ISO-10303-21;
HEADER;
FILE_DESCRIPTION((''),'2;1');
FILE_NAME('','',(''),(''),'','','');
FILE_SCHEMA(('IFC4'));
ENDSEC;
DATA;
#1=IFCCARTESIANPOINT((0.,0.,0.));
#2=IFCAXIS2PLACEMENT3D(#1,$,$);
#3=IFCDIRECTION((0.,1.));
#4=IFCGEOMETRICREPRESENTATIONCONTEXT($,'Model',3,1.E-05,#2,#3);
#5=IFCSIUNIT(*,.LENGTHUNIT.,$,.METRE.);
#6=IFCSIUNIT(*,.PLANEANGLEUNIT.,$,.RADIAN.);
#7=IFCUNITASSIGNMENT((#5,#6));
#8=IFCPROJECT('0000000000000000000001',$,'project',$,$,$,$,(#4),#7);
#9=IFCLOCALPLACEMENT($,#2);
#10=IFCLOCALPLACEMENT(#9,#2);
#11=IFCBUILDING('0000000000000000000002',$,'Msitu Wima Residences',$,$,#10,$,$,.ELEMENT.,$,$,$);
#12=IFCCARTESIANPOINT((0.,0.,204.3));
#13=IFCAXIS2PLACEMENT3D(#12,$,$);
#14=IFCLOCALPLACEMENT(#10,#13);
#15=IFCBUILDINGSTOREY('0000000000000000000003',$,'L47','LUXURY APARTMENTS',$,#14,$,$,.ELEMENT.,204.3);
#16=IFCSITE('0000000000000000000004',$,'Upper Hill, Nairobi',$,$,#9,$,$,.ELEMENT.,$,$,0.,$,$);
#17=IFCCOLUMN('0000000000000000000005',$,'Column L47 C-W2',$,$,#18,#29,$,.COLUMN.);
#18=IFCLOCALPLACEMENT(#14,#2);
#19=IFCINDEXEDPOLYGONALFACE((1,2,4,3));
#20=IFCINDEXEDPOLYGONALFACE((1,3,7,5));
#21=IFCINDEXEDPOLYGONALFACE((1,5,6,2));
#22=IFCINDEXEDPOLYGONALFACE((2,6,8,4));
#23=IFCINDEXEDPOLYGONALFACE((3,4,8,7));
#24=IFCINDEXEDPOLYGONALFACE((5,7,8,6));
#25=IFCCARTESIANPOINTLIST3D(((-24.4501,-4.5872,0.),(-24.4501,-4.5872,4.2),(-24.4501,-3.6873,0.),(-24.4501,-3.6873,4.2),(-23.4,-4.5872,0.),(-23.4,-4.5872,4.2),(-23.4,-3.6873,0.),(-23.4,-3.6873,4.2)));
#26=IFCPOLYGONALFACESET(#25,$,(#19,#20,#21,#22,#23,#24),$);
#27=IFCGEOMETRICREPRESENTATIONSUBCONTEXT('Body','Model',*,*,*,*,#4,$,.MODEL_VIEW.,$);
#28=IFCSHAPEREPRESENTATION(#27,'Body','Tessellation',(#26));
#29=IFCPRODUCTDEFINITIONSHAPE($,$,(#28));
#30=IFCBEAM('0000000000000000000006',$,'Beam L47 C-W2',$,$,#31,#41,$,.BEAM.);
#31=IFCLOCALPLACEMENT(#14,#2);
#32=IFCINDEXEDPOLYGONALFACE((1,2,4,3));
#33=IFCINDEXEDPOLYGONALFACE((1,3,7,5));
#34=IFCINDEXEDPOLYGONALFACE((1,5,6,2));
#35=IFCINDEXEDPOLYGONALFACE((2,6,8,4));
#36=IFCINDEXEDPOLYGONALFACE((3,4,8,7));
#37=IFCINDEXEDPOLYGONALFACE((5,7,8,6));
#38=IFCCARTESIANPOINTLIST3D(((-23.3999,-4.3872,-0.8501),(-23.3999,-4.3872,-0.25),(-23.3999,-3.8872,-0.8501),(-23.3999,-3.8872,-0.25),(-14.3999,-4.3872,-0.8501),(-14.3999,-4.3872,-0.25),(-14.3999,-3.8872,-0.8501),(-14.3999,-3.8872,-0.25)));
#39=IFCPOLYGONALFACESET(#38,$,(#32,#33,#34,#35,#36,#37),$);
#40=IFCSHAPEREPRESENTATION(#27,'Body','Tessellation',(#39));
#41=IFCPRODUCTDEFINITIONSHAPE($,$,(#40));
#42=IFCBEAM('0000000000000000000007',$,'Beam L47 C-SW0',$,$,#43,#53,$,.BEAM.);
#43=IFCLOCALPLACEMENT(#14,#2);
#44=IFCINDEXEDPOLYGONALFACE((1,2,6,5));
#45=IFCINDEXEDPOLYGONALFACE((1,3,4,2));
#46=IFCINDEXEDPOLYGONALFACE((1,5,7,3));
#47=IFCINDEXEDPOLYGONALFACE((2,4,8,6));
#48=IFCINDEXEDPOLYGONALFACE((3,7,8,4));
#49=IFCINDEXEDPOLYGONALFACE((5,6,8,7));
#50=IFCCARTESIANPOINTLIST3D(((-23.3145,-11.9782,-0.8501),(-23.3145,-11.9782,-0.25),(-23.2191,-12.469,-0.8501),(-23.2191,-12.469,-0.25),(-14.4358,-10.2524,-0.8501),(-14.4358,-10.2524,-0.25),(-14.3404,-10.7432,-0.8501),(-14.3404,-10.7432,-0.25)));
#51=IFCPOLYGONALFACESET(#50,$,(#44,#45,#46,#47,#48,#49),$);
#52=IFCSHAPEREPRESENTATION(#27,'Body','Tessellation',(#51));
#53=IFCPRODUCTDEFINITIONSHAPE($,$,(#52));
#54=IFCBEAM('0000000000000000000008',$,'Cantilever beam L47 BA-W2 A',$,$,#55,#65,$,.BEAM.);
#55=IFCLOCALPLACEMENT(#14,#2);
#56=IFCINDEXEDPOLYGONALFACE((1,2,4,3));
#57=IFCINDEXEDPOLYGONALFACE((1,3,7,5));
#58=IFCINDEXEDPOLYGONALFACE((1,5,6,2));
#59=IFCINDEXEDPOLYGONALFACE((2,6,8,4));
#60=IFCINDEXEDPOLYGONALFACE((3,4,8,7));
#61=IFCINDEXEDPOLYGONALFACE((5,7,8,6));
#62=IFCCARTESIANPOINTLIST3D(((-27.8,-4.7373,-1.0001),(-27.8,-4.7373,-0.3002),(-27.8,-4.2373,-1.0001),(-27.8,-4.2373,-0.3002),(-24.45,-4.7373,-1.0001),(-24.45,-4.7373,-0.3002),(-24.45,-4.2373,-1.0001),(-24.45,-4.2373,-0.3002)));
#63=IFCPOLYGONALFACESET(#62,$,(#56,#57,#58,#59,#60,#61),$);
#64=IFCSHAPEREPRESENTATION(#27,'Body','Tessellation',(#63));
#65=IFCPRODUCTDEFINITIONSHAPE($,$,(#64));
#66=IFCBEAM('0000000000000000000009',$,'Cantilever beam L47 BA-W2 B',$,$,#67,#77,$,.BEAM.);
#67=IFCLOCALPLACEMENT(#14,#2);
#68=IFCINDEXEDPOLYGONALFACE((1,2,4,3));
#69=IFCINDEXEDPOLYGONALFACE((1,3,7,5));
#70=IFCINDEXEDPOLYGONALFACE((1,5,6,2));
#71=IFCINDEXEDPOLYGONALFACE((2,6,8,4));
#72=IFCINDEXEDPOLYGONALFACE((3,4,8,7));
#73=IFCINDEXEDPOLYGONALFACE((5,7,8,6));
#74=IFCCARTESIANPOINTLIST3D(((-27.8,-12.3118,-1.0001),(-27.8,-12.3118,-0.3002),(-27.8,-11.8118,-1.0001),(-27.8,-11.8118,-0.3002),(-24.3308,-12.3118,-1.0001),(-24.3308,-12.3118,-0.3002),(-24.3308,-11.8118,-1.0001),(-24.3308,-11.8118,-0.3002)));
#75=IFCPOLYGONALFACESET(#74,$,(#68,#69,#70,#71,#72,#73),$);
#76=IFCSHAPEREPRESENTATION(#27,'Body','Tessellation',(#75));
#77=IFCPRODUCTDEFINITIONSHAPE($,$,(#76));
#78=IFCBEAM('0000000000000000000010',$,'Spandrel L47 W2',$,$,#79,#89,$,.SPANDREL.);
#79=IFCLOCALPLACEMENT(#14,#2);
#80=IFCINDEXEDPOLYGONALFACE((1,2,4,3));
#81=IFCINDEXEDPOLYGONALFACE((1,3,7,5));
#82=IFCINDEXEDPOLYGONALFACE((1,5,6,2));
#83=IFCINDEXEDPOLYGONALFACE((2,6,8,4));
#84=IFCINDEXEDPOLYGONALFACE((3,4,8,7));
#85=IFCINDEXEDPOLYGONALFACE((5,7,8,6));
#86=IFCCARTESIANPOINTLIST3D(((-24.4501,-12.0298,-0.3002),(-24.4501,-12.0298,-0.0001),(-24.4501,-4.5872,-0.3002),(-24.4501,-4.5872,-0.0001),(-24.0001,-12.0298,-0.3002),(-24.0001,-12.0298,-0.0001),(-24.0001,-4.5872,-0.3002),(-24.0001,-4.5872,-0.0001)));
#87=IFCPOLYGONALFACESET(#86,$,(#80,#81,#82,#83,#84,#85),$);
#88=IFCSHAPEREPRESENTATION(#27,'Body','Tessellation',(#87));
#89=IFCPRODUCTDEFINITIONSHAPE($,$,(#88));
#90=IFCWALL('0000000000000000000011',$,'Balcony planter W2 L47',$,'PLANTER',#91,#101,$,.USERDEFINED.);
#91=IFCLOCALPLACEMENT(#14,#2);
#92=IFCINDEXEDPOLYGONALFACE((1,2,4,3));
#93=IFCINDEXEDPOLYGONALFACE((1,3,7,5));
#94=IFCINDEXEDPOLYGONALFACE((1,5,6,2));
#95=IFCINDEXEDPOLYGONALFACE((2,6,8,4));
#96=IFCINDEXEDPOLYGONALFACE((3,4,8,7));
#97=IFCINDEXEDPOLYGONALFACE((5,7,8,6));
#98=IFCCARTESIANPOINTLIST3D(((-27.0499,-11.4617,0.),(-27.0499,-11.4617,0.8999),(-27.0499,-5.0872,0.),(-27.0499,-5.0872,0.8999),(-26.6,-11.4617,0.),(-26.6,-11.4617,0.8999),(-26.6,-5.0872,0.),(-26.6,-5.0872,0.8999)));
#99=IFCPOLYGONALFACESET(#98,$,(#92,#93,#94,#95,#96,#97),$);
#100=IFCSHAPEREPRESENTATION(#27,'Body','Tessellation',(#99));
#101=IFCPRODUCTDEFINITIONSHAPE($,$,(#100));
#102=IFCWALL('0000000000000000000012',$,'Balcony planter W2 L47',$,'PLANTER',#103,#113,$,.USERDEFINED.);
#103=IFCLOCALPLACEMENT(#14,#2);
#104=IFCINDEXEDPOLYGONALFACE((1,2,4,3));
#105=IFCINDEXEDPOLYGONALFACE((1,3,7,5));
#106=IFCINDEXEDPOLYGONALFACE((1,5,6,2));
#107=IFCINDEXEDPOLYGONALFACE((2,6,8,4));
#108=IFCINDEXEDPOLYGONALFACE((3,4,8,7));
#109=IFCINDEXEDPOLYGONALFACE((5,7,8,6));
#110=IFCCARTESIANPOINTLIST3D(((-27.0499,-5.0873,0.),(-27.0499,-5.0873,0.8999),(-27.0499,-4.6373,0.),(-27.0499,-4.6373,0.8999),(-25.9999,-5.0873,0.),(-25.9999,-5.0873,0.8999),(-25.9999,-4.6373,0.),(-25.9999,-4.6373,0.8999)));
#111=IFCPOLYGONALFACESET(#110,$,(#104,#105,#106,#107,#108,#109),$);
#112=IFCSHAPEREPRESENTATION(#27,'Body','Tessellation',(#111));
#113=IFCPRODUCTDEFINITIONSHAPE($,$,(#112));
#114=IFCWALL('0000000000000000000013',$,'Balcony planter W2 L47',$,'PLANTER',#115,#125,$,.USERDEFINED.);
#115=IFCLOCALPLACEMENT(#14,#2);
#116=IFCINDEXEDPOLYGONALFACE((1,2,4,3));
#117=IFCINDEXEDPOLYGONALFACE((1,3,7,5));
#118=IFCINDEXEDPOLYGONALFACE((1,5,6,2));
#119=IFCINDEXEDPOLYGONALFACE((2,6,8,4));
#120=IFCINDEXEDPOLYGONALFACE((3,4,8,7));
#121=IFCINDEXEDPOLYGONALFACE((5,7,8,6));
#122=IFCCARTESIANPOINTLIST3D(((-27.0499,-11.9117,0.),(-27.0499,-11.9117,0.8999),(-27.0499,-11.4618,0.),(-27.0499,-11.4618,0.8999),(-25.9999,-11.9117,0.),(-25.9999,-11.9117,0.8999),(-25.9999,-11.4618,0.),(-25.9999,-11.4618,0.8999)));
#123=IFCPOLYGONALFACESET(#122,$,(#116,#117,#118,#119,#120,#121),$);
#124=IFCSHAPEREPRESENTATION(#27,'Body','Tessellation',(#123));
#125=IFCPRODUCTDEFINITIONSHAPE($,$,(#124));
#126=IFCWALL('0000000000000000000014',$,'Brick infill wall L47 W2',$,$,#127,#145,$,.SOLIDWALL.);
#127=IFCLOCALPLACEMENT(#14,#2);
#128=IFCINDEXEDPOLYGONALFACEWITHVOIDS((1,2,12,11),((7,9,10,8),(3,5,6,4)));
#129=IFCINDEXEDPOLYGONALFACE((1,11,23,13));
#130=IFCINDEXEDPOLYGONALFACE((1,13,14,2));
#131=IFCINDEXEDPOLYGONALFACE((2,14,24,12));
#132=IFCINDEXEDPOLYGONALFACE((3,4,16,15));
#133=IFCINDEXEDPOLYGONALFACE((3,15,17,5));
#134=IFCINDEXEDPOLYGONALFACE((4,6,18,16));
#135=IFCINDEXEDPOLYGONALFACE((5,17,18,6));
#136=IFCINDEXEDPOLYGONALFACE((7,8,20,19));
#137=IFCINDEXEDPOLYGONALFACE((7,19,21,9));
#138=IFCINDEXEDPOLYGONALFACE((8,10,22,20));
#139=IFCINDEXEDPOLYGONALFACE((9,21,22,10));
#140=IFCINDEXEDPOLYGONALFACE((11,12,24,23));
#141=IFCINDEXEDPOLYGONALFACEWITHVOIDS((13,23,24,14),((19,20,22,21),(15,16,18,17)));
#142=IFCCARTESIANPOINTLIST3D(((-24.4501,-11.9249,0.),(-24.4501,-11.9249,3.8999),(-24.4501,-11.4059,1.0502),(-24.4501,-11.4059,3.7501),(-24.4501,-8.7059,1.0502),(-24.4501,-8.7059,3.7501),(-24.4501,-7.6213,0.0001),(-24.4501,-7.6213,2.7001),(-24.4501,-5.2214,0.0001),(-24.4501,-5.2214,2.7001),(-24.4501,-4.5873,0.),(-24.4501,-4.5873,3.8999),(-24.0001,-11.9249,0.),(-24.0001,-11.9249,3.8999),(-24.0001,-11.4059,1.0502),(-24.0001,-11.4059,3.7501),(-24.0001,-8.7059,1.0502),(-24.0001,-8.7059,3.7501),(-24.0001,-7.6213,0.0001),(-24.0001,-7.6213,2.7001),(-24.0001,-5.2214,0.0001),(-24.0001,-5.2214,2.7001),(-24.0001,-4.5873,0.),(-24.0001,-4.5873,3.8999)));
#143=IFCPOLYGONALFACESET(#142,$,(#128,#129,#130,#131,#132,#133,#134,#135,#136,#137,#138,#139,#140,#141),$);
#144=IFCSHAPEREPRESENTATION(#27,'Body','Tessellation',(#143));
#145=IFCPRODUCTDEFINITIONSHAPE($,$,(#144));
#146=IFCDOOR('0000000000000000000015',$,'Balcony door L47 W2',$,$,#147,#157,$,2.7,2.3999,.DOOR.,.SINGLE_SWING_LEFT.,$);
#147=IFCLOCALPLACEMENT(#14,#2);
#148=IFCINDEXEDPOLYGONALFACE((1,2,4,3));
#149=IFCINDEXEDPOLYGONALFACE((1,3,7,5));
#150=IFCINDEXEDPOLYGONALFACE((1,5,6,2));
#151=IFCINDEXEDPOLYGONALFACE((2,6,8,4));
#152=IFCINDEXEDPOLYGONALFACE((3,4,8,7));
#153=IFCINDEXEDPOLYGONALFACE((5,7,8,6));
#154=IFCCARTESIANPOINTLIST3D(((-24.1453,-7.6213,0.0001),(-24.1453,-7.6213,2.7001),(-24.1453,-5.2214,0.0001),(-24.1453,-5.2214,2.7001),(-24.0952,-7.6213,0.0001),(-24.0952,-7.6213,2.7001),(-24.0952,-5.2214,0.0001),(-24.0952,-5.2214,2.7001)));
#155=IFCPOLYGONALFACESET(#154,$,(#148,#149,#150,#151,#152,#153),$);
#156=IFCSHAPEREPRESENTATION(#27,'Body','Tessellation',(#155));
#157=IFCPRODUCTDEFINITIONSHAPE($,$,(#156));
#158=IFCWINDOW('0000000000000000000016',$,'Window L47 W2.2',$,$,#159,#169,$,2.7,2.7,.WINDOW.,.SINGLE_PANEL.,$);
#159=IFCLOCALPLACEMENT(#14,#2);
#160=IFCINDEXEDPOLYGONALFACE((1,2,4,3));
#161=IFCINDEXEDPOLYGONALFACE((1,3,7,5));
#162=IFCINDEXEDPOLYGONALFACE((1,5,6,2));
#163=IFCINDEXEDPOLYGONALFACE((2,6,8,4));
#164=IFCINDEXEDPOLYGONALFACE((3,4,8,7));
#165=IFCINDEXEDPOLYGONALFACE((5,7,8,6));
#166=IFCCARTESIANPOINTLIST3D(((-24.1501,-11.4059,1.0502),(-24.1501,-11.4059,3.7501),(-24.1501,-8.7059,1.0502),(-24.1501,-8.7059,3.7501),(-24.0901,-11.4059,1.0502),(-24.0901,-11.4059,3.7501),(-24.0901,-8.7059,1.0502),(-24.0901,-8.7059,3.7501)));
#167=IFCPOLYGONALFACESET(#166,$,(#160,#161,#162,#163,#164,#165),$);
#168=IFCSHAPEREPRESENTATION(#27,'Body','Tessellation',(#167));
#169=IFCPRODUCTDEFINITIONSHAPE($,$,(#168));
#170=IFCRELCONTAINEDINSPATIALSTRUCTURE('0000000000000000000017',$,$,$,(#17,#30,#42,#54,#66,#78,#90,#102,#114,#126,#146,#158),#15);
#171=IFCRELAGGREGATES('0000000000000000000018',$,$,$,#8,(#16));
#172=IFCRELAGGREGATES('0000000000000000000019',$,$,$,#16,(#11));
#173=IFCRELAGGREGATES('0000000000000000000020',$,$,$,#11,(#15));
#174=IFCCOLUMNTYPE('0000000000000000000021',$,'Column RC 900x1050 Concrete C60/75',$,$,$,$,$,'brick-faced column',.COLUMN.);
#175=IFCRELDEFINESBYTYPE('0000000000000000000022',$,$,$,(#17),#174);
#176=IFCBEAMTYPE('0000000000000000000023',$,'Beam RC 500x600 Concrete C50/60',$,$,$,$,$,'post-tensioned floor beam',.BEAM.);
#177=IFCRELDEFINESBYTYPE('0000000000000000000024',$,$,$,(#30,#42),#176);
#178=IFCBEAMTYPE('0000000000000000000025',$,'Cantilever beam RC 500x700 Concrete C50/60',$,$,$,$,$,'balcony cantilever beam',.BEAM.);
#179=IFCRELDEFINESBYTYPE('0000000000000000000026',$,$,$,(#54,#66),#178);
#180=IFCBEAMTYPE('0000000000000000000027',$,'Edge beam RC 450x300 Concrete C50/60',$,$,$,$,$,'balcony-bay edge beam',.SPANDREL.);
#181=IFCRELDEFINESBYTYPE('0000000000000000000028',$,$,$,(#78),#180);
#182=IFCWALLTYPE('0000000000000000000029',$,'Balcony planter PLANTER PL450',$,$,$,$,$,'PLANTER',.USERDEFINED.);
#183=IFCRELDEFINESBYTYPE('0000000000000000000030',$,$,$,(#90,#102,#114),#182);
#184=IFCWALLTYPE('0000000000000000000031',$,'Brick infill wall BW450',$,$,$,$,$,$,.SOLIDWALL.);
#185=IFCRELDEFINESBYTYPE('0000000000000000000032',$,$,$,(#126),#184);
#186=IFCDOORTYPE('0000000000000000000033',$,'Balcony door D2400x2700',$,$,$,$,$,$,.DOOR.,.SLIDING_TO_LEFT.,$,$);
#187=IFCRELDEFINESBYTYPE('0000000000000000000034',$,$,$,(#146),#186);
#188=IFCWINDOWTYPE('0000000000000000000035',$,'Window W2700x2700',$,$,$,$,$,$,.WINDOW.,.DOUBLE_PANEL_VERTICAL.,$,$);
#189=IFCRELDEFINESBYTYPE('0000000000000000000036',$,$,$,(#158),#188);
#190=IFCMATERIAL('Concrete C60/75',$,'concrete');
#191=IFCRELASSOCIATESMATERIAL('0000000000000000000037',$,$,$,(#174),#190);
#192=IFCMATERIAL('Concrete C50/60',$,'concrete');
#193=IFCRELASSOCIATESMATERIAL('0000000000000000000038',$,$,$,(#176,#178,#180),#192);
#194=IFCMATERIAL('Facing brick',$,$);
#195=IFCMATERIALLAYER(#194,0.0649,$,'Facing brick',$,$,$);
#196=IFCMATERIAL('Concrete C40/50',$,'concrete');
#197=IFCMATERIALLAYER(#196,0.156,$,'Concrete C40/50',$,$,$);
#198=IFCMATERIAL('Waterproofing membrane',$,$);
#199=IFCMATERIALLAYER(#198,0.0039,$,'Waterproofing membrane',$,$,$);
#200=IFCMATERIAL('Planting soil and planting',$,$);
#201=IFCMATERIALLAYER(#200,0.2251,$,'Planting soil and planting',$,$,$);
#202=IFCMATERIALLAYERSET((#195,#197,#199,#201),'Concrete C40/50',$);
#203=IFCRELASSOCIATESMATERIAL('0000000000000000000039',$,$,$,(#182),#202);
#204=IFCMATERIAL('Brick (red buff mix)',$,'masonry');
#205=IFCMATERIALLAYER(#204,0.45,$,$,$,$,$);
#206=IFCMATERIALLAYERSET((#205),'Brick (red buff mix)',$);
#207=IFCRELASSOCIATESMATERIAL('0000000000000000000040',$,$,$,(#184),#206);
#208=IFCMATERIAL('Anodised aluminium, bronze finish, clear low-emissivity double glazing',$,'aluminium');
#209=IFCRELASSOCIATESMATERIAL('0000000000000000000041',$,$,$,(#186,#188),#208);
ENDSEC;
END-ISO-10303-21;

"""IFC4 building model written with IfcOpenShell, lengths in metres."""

from ifc_helpers import new_model, si_unit, direction, frame, frame_2d, origin, origin_2d, place, context, subcontext, project, spatial, rectangle, extrude, material, layer, layer_set, material_profile, profile_set, type_object, element, fill, save


model = new_model("IFC4")

# Units and contexts
model_context = context("Model", 3, precision=1e-05, world=origin(), true_north=direction((0.0, 1.0)))
body_context = subcontext(model_context, "Body", "Model", "MODEL_VIEW")
ifc_project = project(units=[si_unit("LENGTHUNIT", "METRE"), si_unit("PLANEANGLEUNIT", "RADIAN")], contexts=[model_context])

# Site, building, storey
site_placement = place(None, origin())
site = spatial("IfcSite", under=ifc_project, at=site_placement, Name="Upper Hill, Nairobi", CompositionType="ELEMENT", RefElevation=0.0)
building_placement = place(site_placement, origin())
building = spatial("IfcBuilding", under=site, at=building_placement, Name="Msitu Wima Residences", CompositionType="ELEMENT")
storey_placement = place(building_placement, frame((0.0, 0.0, 204.3)))
storey = spatial("IfcBuildingStorey", under=building, at=storey_placement, Name="L47", Description="LUXURY APARTMENTS", CompositionType="ELEMENT", Elevation=204.3)

# Column
ifc_material_1 = material(Name="Concrete C60/75", Category="concrete")
ifc_material_profile_1 = material_profile(ifc_material_1, rectangle(XDim=0.8999, YDim=1.05, at=origin_2d()), Name="RC 900x1050")
ifc_profile_set_1 = profile_set([ifc_material_profile_1], Name="Concrete C60/75")
column_type = type_object("IfcColumnType", Name="Column RC 900x1050 Concrete C60/75", ElementType="brick-faced column", PredefinedType="COLUMN", material=ifc_profile_set_1)
column_placement = place(storey_placement, frame((-23.925, -4.1372, 0.0), z_axis=(0.0, 0.0, 1.0), x_axis=(0.0, -1.0, 0.0)))
element("IfcColumn", 1, at=column_placement, inside=storey, type_object=column_type, Name="Column L47 C-W2", PredefinedType="COLUMN", context=body_context, shape_type="SweptSolid", body=[
    extrude(rectangle(XDim=0.8999, YDim=1.05, at=origin_2d()), origin(), (0.0, 0.0, 1.0), 4.2),
])

# Beams
ifc_material_2 = material(Name="Concrete C50/60", Category="concrete")
ifc_material_profile_2 = material_profile(ifc_material_2, rectangle(XDim=0.5, YDim=0.6001, at=origin_2d()), Name="RC 500x600")
ifc_profile_set_2 = profile_set([ifc_material_profile_2], Name="Concrete C50/60")
beam_type_1 = type_object("IfcBeamType", Name="Beam RC 500x600 Concrete C50/60", ElementType="post-tensioned floor beam", PredefinedType="BEAM", material=ifc_profile_set_2)
beam_1_placement = place(storey_placement, frame((-23.3999, -4.1372, -0.55), z_axis=(1.0, 0.0, 0.0), x_axis=(0.0, 1.0, 0.0)))
element("IfcBeam", 2, at=beam_1_placement, inside=storey, type_object=beam_type_1, Name="Beam L47 C-W2", PredefinedType="BEAM", context=body_context, shape_type="SweptSolid", body=[
    extrude(rectangle(XDim=0.5, YDim=0.6001, at=origin_2d()), origin(), (0.0, 0.0, 1.0), 9.0),
])
beam_2_placement = place(storey_placement, frame((-23.2668, -12.2236, -0.55), z_axis=(0.981627, 0.190808, 0.0), x_axis=(-0.190808, 0.981627, 0.0)))
element("IfcBeam", 3, at=beam_2_placement, inside=storey, type_object=beam_type_1, Name="Beam L47 C-SW0", PredefinedType="BEAM", context=body_context, shape_type="SweptSolid", body=[
    extrude(rectangle(XDim=0.5, YDim=0.6001, at=origin_2d()), origin(), (0.0, 0.0, 1.0), 9.0449),
])
ifc_material_profile_3 = material_profile(ifc_material_2, rectangle(XDim=0.5, YDim=0.7, at=origin_2d()), Name="RC 500x700")
ifc_profile_set_3 = profile_set([ifc_material_profile_3], Name="Concrete C50/60")
beam_type_2 = type_object("IfcBeamType", Name="Cantilever beam RC 500x700 Concrete C50/60", ElementType="balcony cantilever beam", PredefinedType="BEAM", material=ifc_profile_set_3)
beam_3_placement = place(storey_placement, frame((-24.45, -4.4873, -0.6501), z_axis=(-1.0, 0.0, 0.0), x_axis=(0.0, -1.0, 0.0)))
element("IfcBeam", 4, at=beam_3_placement, inside=storey, type_object=beam_type_2, Name="Cantilever beam L47 BA-W2 A", PredefinedType="BEAM", context=body_context, shape_type="SweptSolid", body=[
    extrude(rectangle(XDim=0.5, YDim=0.7, at=origin_2d()), origin(), (0.0, 0.0, 1.0), 3.3501),
])
beam_4_placement = place(storey_placement, frame((-24.3308, -12.0618, -0.6501), z_axis=(-1.0, 0.0, 0.0), x_axis=(0.0, -1.0, 0.0)))
element("IfcBeam", 5, at=beam_4_placement, inside=storey, type_object=beam_type_2, Name="Cantilever beam L47 BA-W2 B", PredefinedType="BEAM", context=body_context, shape_type="SweptSolid", body=[
    extrude(rectangle(XDim=0.5, YDim=0.7, at=origin_2d()), origin(), (0.0, 0.0, 1.0), 3.4692),
])
ifc_material_profile_4 = material_profile(ifc_material_2, rectangle(XDim=0.45, YDim=0.3, at=origin_2d()), Name="RC 450x300")
ifc_profile_set_4 = profile_set([ifc_material_profile_4], Name="Concrete C50/60")
beam_type_3 = type_object("IfcBeamType", Name="Edge beam RC 450x300 Concrete C50/60", ElementType="balcony-bay edge beam", PredefinedType="SPANDREL", material=ifc_profile_set_4)
beam_5_placement = place(storey_placement, frame((-24.2251, -4.5872, -0.1501), z_axis=(0.0, -1.0, 0.0), x_axis=(1.0, 0.0, 0.0)))
element("IfcBeam", 6, at=beam_5_placement, inside=storey, type_object=beam_type_3, Name="Spandrel L47 W2", PredefinedType="SPANDREL", context=body_context, shape_type="SweptSolid", body=[
    extrude(rectangle(XDim=0.45, YDim=0.3, at=origin_2d()), origin(), (0.0, 0.0, 1.0), 7.4426),
])

# Walls
ifc_material_3 = material(Name="Facing brick")
ifc_layer_1 = layer(ifc_material_3, 0.0649, Name="Facing brick")
ifc_material_4 = material(Name="Concrete C40/50", Category="concrete")
ifc_layer_2 = layer(ifc_material_4, 0.156, Name="Concrete C40/50")
ifc_material_5 = material(Name="Waterproofing membrane")
ifc_layer_3 = layer(ifc_material_5, 0.0039, Name="Waterproofing membrane")
ifc_material_6 = material(Name="Planting soil and planting")
ifc_layer_4 = layer(ifc_material_6, 0.2251, Name="Planting soil and planting")
ifc_layer_set_1 = layer_set([ifc_layer_1, ifc_layer_2, ifc_layer_3, ifc_layer_4], Name="Concrete C40/50")
wall_type_1 = type_object("IfcWallType", Name="Balcony planter PLANTER PL450", ElementType="PLANTER", PredefinedType="USERDEFINED", material=ifc_layer_set_1)
wall_1_placement = place(storey_placement, frame((-26.825, -5.0872, 0.0), z_axis=(0.0, 0.0, 1.0), x_axis=(0.0, -1.0, 0.0)))
element("IfcWall", 7, at=wall_1_placement, inside=storey, type_object=wall_type_1, Name="Balcony planter W2 L47", ObjectType="PLANTER", PredefinedType="USERDEFINED", context=body_context, shape_type="SweptSolid", body=[
    extrude(rectangle(XDim=6.3745, YDim=0.45, at=frame_2d((3.1873, 0.0))), origin(), (0.0, 0.0, 1.0), 0.8999),
])
for number, where, z_axis, x_axis, name in (
    (8, (-26.0, -4.8623, 0.0), (0.0, 0.0, 1.0), (-1.0, 0.0, 0.0), "Balcony planter W2 L47"),
    (9, (-26.0, -11.6868, 0.0), (0.0, 0.0, 1.0), (-1.0, 0.0, 0.0), "Balcony planter W2 L47"),
):
    element("IfcWall", number, at=place(storey_placement, frame(where, z_axis=z_axis, x_axis=x_axis)), inside=storey, type_object=wall_type_1, Name=name, ObjectType="PLANTER", PredefinedType="USERDEFINED", context=body_context, shape_type="SweptSolid", body=[
        extrude(rectangle(XDim=1.05, YDim=0.45, at=frame_2d((0.5249, 0.0))), origin(), (0.0, 0.0, 1.0), 0.8999),
    ])

# Wall, openings, door, window
ifc_material_7 = material(Name="Brick (red buff mix)", Category="masonry")
ifc_layer_5 = layer(ifc_material_7, 0.45)
ifc_layer_set_2 = layer_set([ifc_layer_5], Name="Brick (red buff mix)")
wall_type_2 = type_object("IfcWallType", Name="Brick infill wall BW450", PredefinedType="SOLIDWALL", material=ifc_layer_set_2)
wall_2_placement = place(storey_placement, frame((-24.2251, -4.5872, 0.0), z_axis=(0.0, 0.0, 1.0), x_axis=(0.0, -1.0, 0.0)))
wall_2 = element("IfcWall", 10, at=wall_2_placement, inside=storey, type_object=wall_type_2, Name="Brick infill wall L47 W2", PredefinedType="SOLIDWALL", context=body_context, shape_type="SweptSolid", body=[
    extrude(rectangle(XDim=7.3376, YDim=0.45, at=frame_2d((3.6689, 0.0))), origin(), (0.0, 0.0, 1.0), 3.8999),
])
opening_1_placement = place(wall_2_placement, frame((0.6343, 0.0, 0.0)))
opening_1 = element("IfcOpeningElement", 11, at=opening_1_placement, cuts=wall_2, PredefinedType="OPENING", context=body_context, shape_type="SweptSolid", body=[
    extrude(rectangle(XDim=2.3999, YDim=2.7, at=frame_2d((1.2, 1.3501))), frame((0.0, 0.2349, 0.0), z_axis=(0.0, -1.0, 0.0), x_axis=(1.0, 0.0, 0.0)), (0.0, 0.0, 1.0), 0.47),
])
opening_2_placement = place(wall_2_placement, frame((4.1187, 0.0, 1.05)))
opening_2 = element("IfcOpeningElement", 12, at=opening_2_placement, cuts=wall_2, PredefinedType="OPENING", context=body_context, shape_type="SweptSolid", body=[
    extrude(rectangle(XDim=2.7, YDim=2.7, at=frame_2d((1.3501, 1.3501))), frame((0.0, 0.2349, 0.0), z_axis=(0.0, -1.0, 0.0), x_axis=(1.0, 0.0, 0.0)), (0.0, 0.0, 1.0), 0.47),
])
ifc_material_8 = material(Name="Anodised aluminium, bronze finish, clear low-emissivity double glazing", Category="aluminium")
door_type_1 = type_object("IfcDoorType", Name="Balcony door D2400x2700", OperationType="SLIDING_TO_LEFT", PredefinedType="DOOR", material=ifc_material_8)
door_1_placement = place(opening_1_placement, origin())
door_1 = element("IfcDoor", 13, at=door_1_placement, inside=storey, type_object=door_type_1, Name="Balcony door L47 W2", OperationType="SINGLE_SWING_LEFT", OverallHeight=2.7, OverallWidth=2.3999, PredefinedType="DOOR", context=body_context, shape_type="SweptSolid", body=[
    extrude(rectangle(XDim=2.3999, YDim=2.7, at=frame_2d((1.2, 1.3501))), frame((0.0, 0.1299, 0.0), z_axis=(0.0, -1.0, 0.0), x_axis=(1.0, 0.0, 0.0)), (0.0, 0.0, 1.0), 0.05),
])
fill(opening_1, door_1)
window_type = type_object("IfcWindowType", Name="Window W2700x2700", PartitioningType="DOUBLE_PANEL_VERTICAL", PredefinedType="WINDOW", material=ifc_material_8)
window_placement = place(opening_2_placement, origin())
window = element("IfcWindow", 14, at=window_placement, inside=storey, type_object=window_type, Name="Window L47 W2.2", OverallHeight=2.7, OverallWidth=2.7, PartitioningType="SINGLE_PANEL", PredefinedType="WINDOW", context=body_context, shape_type="SweptSolid", body=[
    extrude(rectangle(XDim=2.7, YDim=2.7, at=frame_2d((1.3501, 1.3501))), frame((0.0, 0.135, 0.0), z_axis=(0.0, -1.0, 0.0), x_axis=(1.0, 0.0, 0.0)), (0.0, 0.0, 1.0), 0.0601),
])
fill(opening_2, window)

save(model, "model.ifc")
